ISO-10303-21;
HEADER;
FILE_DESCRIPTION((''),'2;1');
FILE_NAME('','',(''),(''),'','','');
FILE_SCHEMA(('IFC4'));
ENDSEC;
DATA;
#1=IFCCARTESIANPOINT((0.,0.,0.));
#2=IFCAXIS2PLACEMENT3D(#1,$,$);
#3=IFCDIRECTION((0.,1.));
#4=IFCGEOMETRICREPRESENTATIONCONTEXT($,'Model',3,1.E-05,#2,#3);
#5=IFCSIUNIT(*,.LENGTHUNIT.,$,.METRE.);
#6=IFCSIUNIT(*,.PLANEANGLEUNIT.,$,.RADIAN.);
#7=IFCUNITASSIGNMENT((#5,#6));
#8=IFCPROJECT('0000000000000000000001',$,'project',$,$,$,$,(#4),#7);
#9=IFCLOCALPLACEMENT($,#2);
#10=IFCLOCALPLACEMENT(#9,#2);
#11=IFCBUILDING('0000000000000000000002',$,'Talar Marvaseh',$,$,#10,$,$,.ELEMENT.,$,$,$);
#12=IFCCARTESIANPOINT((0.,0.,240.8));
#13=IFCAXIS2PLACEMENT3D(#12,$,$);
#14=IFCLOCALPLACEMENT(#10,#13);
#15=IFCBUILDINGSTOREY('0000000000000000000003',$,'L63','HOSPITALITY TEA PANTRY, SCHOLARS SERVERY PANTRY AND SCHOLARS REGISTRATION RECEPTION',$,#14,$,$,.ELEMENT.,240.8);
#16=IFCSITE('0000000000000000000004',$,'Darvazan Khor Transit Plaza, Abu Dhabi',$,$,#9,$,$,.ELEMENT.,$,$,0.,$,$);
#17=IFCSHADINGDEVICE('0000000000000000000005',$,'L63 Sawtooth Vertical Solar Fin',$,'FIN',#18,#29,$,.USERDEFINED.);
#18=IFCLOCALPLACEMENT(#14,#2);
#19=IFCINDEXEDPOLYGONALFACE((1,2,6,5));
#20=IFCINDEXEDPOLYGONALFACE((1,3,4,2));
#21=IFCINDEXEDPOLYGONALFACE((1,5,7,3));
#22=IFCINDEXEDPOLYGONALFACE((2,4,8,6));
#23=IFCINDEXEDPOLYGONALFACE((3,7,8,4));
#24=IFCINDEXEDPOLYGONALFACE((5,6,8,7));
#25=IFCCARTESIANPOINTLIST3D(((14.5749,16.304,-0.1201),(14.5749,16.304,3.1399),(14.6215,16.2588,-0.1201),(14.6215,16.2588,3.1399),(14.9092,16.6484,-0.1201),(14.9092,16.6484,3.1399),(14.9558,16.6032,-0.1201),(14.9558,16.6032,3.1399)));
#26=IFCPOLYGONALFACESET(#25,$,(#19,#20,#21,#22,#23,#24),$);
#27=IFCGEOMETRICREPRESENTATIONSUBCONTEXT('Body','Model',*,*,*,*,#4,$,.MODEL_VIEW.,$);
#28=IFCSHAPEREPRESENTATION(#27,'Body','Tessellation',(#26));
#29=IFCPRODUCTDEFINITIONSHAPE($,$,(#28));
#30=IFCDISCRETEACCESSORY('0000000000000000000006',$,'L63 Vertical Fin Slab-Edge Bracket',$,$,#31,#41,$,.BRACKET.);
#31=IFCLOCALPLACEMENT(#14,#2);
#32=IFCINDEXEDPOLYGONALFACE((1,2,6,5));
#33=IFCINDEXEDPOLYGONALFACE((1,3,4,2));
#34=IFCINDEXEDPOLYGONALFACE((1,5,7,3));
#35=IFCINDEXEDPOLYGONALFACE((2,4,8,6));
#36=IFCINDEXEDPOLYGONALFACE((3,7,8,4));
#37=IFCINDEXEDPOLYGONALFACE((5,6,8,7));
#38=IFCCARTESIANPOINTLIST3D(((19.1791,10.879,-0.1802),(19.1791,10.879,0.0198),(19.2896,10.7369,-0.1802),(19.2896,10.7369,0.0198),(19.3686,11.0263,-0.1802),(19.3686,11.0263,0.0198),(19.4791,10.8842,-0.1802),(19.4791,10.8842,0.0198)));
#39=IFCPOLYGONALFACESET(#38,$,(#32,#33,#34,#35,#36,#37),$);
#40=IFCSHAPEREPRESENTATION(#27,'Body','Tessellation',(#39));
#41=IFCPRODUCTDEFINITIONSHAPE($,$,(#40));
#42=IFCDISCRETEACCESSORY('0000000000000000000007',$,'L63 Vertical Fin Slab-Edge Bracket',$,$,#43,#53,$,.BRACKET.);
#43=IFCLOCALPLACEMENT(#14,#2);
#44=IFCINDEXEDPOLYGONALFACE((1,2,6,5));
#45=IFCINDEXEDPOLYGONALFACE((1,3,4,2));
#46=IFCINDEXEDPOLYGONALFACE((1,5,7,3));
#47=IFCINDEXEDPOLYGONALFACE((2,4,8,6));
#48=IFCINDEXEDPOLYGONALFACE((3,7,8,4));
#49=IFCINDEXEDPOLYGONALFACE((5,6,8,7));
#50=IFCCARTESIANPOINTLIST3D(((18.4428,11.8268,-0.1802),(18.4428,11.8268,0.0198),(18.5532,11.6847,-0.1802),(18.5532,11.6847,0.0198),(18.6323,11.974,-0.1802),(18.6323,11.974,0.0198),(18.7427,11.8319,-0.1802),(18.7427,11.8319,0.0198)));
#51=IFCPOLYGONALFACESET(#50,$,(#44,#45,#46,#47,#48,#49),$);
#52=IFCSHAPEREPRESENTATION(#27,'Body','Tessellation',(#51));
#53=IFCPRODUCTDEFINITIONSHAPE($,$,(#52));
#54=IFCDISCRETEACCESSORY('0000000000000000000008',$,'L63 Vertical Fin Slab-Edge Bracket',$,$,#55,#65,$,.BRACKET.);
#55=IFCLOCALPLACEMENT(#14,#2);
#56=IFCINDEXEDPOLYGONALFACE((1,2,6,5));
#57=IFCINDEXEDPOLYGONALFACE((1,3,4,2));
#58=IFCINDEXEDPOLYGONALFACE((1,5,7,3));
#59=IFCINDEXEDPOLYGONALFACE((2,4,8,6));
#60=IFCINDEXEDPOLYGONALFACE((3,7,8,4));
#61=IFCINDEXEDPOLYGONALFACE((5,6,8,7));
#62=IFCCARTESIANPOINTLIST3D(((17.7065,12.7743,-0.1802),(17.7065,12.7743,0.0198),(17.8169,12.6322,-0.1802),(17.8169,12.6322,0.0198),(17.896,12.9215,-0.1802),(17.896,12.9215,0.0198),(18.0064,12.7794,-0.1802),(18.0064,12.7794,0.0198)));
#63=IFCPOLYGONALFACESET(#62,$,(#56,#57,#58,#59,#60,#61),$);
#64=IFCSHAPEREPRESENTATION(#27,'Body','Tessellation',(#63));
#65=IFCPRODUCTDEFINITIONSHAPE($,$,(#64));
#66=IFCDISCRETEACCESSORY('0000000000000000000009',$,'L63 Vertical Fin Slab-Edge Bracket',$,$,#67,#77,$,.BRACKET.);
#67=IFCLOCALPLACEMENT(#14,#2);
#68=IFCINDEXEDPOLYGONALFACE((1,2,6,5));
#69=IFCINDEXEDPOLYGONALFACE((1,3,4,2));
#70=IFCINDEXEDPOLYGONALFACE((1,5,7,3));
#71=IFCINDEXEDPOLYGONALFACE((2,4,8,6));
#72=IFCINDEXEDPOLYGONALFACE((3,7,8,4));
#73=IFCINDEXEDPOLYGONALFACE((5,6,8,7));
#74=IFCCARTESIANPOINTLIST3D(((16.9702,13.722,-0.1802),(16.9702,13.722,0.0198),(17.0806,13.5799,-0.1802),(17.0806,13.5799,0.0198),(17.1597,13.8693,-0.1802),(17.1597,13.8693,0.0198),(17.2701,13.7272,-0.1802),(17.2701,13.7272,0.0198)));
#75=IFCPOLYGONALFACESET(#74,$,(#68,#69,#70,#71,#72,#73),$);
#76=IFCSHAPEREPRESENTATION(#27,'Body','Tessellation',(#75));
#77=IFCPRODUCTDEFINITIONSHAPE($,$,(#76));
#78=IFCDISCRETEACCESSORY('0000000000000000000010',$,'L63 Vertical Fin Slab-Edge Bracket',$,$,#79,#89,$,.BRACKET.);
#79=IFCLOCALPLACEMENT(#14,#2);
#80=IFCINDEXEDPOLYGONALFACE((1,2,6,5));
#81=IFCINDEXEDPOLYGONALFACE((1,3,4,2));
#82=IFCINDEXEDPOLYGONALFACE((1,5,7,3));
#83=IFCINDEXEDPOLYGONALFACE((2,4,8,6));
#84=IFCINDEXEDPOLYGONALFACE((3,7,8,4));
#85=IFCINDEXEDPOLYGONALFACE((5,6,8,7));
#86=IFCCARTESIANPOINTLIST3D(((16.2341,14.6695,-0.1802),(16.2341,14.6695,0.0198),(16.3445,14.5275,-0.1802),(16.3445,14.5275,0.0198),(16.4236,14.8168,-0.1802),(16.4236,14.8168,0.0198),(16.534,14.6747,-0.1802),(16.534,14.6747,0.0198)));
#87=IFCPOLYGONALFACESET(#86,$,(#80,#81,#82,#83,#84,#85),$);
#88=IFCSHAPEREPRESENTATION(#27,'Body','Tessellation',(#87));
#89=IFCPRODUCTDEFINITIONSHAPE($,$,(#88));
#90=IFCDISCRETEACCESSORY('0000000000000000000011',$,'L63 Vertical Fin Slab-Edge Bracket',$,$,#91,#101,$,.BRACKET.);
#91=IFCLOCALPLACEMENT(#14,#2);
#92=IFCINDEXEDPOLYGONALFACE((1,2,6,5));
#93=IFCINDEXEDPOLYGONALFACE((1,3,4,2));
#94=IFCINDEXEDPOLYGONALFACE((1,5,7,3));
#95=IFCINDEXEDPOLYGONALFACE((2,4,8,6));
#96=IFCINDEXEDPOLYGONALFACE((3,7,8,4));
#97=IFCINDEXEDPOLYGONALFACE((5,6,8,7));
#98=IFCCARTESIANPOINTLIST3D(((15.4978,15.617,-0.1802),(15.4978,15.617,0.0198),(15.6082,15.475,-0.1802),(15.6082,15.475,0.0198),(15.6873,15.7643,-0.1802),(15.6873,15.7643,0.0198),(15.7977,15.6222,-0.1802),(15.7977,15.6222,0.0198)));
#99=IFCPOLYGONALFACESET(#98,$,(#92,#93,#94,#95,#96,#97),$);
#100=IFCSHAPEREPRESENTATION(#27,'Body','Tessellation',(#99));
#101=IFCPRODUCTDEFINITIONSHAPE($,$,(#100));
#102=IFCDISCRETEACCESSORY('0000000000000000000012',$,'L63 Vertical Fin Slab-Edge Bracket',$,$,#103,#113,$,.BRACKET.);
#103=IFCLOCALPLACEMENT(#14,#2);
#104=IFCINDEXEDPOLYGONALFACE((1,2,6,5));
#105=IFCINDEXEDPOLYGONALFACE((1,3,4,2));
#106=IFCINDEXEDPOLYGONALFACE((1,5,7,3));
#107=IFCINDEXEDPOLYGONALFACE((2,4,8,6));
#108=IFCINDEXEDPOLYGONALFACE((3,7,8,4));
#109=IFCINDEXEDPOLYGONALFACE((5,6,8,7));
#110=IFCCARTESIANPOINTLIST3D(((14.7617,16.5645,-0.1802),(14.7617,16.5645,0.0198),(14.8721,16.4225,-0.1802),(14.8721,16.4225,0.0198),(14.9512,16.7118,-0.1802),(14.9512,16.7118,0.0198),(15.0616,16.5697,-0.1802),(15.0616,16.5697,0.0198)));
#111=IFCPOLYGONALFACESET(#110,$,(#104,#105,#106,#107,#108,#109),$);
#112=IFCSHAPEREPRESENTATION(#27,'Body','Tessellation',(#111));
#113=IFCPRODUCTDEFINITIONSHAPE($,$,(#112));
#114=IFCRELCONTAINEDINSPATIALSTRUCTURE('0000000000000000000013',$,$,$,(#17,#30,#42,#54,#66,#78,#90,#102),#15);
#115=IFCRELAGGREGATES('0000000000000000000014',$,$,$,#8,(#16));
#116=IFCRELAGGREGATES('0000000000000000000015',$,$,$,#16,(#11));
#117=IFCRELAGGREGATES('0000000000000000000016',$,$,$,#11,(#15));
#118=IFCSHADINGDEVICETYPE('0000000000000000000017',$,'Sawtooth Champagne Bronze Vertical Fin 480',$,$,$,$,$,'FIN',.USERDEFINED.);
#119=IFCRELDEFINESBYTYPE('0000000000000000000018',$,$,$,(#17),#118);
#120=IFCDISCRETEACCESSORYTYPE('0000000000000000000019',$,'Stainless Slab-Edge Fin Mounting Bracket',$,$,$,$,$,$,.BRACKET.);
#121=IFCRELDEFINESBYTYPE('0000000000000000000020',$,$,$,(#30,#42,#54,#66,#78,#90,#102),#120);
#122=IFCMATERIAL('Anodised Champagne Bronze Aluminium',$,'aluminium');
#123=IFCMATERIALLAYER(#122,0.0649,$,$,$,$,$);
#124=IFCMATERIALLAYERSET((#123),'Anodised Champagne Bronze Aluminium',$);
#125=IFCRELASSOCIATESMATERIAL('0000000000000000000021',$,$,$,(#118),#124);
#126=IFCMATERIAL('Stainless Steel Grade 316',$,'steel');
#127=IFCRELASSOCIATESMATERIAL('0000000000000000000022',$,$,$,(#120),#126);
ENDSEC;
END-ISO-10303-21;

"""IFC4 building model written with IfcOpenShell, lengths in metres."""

from ifc_helpers import new_model, si_unit, direction, frame, origin, origin_2d, place, context, subcontext, project, spatial, rectangle, extrude, source, transform, mapped, material, layer, layer_set, type_object, type_shapes, element, save


model = new_model("IFC4")

# Units and contexts
model_context = context("Model", 3, precision=1e-05, world=origin(), true_north=direction((0.0, 1.0)))
body_context = subcontext(model_context, "Body", "Model", "MODEL_VIEW")
ifc_project = project(units=[si_unit("LENGTHUNIT", "METRE"), si_unit("PLANEANGLEUNIT", "RADIAN")], contexts=[model_context])

# Site, building, storey
site_placement = place(None, origin())
site = spatial("IfcSite", under=ifc_project, at=site_placement, Name="Darvazan Khor Transit Plaza, Abu Dhabi", CompositionType="ELEMENT", RefElevation=0.0)
building_placement = place(site_placement, origin())
building = spatial("IfcBuilding", under=site, at=building_placement, Name="Talar Marvaseh", CompositionType="ELEMENT")
storey_placement = place(building_placement, frame((0.0, 0.0, 240.8)))
storey = spatial("IfcBuildingStorey", under=building, at=storey_placement, Name="L63", Description="HOSPITALITY TEA PANTRY, SCHOLARS SERVERY PANTRY AND SCHOLARS REGISTRATION RECEPTION", CompositionType="ELEMENT", Elevation=240.8)

# Shading device
ifc_material_1 = material(Name="Anodised Champagne Bronze Aluminium", Category="aluminium")
ifc_layer_1 = layer(ifc_material_1, 0.0649)
ifc_layer_set_1 = layer_set([ifc_layer_1], Name="Anodised Champagne Bronze Aluminium")
shading_device_type_1 = type_object("IfcShadingDeviceType", Name="Sawtooth Champagne Bronze Vertical Fin 480", ElementType="FIN", PredefinedType="USERDEFINED", material=ifc_layer_set_1)
shared_shape_1 = source(origin(), body_context, "Body", "SweptSolid", [
    extrude(rectangle(XDim=0.48, YDim=0.0649, at=origin_2d()), origin(), (0.0, 0.0, 1.0), 3.26),
])
type_shapes(shading_device_type_1, [shared_shape_1])
for number, where, z_axis, x_axis, name in (
    (1, (14.7654, 16.4536, -0.1201), (0.0, 0.0, 1.0), (-0.696539, -0.717519, 0.0), "L63 Sawtooth Vertical Solar Fin"),
):
    element("IfcShadingDevice", number, at=place(storey_placement, frame(where, z_axis=z_axis, x_axis=x_axis)), inside=storey, type_object=shading_device_type_1, Name=name, ObjectType="FIN", PredefinedType="USERDEFINED", context=body_context, shape_type="MappedRepresentation", body=[
        mapped(shared_shape_1, transform((0.0, 0.0, 0.0), x_axis=(1.0, 0.0, 0.0), y_axis=(0.0, 1.0, 0.0), z_axis=(0.0, 0.0, 1.0), scale=1.0)),
    ])

# Discrete accessories
ifc_material_2 = material(Name="Stainless Steel Grade 316", Category="steel")
discrete_accessory_type = type_object("IfcDiscreteAccessoryType", Name="Stainless Slab-Edge Fin Mounting Bracket", PredefinedType="BRACKET", material=ifc_material_2)
shared_shape_2 = source(origin(), body_context, "Body", "SweptSolid", [
    extrude(rectangle(XDim=0.24, YDim=0.1799, at=origin_2d()), origin(), (0.0, 0.0, 1.0), 0.2),
])
type_shapes(discrete_accessory_type, [shared_shape_2])
for number, where, z_axis, x_axis, name in (
    (2, (19.3291, 10.8816, -0.1802), (0.0, 0.0, 1.0), (-0.78962, -0.613596, 0.0), "L63 Vertical Fin Slab-Edge Bracket"),
    (3, (18.5928, 11.8293, -0.1802), (0.0, 0.0, 1.0), (-0.78962, -0.613596, 0.0), "L63 Vertical Fin Slab-Edge Bracket"),
    (4, (17.8564, 12.7769, -0.1802), (0.0, 0.0, 1.0), (-0.78962, -0.613596, 0.0), "L63 Vertical Fin Slab-Edge Bracket"),
    (5, (17.1201, 13.7246, -0.1802), (0.0, 0.0, 1.0), (-0.78962, -0.613596, 0.0), "L63 Vertical Fin Slab-Edge Bracket"),
    (6, (16.384, 14.6721, -0.1802), (0.0, 0.0, 1.0), (-0.78962, -0.613596, 0.0), "L63 Vertical Fin Slab-Edge Bracket"),
    (7, (15.6477, 15.6196, -0.1802), (0.0, 0.0, 1.0), (-0.78962, -0.613596, 0.0), "L63 Vertical Fin Slab-Edge Bracket"),
    (8, (14.9116, 16.5671, -0.1802), (0.0, 0.0, 1.0), (-0.78962, -0.613596, 0.0), "L63 Vertical Fin Slab-Edge Bracket"),
):
    element("IfcDiscreteAccessory", number, at=place(storey_placement, frame(where, z_axis=z_axis, x_axis=x_axis)), inside=storey, type_object=discrete_accessory_type, Name=name, PredefinedType="BRACKET", context=body_context, shape_type="MappedRepresentation", body=[
        mapped(shared_shape_2, transform((0.0, 0.0, 0.0), x_axis=(1.0, 0.0, 0.0), y_axis=(0.0, 1.0, 0.0), z_axis=(0.0, 0.0, 1.0), scale=1.0)),
    ])

save(model, "model.ifc")
